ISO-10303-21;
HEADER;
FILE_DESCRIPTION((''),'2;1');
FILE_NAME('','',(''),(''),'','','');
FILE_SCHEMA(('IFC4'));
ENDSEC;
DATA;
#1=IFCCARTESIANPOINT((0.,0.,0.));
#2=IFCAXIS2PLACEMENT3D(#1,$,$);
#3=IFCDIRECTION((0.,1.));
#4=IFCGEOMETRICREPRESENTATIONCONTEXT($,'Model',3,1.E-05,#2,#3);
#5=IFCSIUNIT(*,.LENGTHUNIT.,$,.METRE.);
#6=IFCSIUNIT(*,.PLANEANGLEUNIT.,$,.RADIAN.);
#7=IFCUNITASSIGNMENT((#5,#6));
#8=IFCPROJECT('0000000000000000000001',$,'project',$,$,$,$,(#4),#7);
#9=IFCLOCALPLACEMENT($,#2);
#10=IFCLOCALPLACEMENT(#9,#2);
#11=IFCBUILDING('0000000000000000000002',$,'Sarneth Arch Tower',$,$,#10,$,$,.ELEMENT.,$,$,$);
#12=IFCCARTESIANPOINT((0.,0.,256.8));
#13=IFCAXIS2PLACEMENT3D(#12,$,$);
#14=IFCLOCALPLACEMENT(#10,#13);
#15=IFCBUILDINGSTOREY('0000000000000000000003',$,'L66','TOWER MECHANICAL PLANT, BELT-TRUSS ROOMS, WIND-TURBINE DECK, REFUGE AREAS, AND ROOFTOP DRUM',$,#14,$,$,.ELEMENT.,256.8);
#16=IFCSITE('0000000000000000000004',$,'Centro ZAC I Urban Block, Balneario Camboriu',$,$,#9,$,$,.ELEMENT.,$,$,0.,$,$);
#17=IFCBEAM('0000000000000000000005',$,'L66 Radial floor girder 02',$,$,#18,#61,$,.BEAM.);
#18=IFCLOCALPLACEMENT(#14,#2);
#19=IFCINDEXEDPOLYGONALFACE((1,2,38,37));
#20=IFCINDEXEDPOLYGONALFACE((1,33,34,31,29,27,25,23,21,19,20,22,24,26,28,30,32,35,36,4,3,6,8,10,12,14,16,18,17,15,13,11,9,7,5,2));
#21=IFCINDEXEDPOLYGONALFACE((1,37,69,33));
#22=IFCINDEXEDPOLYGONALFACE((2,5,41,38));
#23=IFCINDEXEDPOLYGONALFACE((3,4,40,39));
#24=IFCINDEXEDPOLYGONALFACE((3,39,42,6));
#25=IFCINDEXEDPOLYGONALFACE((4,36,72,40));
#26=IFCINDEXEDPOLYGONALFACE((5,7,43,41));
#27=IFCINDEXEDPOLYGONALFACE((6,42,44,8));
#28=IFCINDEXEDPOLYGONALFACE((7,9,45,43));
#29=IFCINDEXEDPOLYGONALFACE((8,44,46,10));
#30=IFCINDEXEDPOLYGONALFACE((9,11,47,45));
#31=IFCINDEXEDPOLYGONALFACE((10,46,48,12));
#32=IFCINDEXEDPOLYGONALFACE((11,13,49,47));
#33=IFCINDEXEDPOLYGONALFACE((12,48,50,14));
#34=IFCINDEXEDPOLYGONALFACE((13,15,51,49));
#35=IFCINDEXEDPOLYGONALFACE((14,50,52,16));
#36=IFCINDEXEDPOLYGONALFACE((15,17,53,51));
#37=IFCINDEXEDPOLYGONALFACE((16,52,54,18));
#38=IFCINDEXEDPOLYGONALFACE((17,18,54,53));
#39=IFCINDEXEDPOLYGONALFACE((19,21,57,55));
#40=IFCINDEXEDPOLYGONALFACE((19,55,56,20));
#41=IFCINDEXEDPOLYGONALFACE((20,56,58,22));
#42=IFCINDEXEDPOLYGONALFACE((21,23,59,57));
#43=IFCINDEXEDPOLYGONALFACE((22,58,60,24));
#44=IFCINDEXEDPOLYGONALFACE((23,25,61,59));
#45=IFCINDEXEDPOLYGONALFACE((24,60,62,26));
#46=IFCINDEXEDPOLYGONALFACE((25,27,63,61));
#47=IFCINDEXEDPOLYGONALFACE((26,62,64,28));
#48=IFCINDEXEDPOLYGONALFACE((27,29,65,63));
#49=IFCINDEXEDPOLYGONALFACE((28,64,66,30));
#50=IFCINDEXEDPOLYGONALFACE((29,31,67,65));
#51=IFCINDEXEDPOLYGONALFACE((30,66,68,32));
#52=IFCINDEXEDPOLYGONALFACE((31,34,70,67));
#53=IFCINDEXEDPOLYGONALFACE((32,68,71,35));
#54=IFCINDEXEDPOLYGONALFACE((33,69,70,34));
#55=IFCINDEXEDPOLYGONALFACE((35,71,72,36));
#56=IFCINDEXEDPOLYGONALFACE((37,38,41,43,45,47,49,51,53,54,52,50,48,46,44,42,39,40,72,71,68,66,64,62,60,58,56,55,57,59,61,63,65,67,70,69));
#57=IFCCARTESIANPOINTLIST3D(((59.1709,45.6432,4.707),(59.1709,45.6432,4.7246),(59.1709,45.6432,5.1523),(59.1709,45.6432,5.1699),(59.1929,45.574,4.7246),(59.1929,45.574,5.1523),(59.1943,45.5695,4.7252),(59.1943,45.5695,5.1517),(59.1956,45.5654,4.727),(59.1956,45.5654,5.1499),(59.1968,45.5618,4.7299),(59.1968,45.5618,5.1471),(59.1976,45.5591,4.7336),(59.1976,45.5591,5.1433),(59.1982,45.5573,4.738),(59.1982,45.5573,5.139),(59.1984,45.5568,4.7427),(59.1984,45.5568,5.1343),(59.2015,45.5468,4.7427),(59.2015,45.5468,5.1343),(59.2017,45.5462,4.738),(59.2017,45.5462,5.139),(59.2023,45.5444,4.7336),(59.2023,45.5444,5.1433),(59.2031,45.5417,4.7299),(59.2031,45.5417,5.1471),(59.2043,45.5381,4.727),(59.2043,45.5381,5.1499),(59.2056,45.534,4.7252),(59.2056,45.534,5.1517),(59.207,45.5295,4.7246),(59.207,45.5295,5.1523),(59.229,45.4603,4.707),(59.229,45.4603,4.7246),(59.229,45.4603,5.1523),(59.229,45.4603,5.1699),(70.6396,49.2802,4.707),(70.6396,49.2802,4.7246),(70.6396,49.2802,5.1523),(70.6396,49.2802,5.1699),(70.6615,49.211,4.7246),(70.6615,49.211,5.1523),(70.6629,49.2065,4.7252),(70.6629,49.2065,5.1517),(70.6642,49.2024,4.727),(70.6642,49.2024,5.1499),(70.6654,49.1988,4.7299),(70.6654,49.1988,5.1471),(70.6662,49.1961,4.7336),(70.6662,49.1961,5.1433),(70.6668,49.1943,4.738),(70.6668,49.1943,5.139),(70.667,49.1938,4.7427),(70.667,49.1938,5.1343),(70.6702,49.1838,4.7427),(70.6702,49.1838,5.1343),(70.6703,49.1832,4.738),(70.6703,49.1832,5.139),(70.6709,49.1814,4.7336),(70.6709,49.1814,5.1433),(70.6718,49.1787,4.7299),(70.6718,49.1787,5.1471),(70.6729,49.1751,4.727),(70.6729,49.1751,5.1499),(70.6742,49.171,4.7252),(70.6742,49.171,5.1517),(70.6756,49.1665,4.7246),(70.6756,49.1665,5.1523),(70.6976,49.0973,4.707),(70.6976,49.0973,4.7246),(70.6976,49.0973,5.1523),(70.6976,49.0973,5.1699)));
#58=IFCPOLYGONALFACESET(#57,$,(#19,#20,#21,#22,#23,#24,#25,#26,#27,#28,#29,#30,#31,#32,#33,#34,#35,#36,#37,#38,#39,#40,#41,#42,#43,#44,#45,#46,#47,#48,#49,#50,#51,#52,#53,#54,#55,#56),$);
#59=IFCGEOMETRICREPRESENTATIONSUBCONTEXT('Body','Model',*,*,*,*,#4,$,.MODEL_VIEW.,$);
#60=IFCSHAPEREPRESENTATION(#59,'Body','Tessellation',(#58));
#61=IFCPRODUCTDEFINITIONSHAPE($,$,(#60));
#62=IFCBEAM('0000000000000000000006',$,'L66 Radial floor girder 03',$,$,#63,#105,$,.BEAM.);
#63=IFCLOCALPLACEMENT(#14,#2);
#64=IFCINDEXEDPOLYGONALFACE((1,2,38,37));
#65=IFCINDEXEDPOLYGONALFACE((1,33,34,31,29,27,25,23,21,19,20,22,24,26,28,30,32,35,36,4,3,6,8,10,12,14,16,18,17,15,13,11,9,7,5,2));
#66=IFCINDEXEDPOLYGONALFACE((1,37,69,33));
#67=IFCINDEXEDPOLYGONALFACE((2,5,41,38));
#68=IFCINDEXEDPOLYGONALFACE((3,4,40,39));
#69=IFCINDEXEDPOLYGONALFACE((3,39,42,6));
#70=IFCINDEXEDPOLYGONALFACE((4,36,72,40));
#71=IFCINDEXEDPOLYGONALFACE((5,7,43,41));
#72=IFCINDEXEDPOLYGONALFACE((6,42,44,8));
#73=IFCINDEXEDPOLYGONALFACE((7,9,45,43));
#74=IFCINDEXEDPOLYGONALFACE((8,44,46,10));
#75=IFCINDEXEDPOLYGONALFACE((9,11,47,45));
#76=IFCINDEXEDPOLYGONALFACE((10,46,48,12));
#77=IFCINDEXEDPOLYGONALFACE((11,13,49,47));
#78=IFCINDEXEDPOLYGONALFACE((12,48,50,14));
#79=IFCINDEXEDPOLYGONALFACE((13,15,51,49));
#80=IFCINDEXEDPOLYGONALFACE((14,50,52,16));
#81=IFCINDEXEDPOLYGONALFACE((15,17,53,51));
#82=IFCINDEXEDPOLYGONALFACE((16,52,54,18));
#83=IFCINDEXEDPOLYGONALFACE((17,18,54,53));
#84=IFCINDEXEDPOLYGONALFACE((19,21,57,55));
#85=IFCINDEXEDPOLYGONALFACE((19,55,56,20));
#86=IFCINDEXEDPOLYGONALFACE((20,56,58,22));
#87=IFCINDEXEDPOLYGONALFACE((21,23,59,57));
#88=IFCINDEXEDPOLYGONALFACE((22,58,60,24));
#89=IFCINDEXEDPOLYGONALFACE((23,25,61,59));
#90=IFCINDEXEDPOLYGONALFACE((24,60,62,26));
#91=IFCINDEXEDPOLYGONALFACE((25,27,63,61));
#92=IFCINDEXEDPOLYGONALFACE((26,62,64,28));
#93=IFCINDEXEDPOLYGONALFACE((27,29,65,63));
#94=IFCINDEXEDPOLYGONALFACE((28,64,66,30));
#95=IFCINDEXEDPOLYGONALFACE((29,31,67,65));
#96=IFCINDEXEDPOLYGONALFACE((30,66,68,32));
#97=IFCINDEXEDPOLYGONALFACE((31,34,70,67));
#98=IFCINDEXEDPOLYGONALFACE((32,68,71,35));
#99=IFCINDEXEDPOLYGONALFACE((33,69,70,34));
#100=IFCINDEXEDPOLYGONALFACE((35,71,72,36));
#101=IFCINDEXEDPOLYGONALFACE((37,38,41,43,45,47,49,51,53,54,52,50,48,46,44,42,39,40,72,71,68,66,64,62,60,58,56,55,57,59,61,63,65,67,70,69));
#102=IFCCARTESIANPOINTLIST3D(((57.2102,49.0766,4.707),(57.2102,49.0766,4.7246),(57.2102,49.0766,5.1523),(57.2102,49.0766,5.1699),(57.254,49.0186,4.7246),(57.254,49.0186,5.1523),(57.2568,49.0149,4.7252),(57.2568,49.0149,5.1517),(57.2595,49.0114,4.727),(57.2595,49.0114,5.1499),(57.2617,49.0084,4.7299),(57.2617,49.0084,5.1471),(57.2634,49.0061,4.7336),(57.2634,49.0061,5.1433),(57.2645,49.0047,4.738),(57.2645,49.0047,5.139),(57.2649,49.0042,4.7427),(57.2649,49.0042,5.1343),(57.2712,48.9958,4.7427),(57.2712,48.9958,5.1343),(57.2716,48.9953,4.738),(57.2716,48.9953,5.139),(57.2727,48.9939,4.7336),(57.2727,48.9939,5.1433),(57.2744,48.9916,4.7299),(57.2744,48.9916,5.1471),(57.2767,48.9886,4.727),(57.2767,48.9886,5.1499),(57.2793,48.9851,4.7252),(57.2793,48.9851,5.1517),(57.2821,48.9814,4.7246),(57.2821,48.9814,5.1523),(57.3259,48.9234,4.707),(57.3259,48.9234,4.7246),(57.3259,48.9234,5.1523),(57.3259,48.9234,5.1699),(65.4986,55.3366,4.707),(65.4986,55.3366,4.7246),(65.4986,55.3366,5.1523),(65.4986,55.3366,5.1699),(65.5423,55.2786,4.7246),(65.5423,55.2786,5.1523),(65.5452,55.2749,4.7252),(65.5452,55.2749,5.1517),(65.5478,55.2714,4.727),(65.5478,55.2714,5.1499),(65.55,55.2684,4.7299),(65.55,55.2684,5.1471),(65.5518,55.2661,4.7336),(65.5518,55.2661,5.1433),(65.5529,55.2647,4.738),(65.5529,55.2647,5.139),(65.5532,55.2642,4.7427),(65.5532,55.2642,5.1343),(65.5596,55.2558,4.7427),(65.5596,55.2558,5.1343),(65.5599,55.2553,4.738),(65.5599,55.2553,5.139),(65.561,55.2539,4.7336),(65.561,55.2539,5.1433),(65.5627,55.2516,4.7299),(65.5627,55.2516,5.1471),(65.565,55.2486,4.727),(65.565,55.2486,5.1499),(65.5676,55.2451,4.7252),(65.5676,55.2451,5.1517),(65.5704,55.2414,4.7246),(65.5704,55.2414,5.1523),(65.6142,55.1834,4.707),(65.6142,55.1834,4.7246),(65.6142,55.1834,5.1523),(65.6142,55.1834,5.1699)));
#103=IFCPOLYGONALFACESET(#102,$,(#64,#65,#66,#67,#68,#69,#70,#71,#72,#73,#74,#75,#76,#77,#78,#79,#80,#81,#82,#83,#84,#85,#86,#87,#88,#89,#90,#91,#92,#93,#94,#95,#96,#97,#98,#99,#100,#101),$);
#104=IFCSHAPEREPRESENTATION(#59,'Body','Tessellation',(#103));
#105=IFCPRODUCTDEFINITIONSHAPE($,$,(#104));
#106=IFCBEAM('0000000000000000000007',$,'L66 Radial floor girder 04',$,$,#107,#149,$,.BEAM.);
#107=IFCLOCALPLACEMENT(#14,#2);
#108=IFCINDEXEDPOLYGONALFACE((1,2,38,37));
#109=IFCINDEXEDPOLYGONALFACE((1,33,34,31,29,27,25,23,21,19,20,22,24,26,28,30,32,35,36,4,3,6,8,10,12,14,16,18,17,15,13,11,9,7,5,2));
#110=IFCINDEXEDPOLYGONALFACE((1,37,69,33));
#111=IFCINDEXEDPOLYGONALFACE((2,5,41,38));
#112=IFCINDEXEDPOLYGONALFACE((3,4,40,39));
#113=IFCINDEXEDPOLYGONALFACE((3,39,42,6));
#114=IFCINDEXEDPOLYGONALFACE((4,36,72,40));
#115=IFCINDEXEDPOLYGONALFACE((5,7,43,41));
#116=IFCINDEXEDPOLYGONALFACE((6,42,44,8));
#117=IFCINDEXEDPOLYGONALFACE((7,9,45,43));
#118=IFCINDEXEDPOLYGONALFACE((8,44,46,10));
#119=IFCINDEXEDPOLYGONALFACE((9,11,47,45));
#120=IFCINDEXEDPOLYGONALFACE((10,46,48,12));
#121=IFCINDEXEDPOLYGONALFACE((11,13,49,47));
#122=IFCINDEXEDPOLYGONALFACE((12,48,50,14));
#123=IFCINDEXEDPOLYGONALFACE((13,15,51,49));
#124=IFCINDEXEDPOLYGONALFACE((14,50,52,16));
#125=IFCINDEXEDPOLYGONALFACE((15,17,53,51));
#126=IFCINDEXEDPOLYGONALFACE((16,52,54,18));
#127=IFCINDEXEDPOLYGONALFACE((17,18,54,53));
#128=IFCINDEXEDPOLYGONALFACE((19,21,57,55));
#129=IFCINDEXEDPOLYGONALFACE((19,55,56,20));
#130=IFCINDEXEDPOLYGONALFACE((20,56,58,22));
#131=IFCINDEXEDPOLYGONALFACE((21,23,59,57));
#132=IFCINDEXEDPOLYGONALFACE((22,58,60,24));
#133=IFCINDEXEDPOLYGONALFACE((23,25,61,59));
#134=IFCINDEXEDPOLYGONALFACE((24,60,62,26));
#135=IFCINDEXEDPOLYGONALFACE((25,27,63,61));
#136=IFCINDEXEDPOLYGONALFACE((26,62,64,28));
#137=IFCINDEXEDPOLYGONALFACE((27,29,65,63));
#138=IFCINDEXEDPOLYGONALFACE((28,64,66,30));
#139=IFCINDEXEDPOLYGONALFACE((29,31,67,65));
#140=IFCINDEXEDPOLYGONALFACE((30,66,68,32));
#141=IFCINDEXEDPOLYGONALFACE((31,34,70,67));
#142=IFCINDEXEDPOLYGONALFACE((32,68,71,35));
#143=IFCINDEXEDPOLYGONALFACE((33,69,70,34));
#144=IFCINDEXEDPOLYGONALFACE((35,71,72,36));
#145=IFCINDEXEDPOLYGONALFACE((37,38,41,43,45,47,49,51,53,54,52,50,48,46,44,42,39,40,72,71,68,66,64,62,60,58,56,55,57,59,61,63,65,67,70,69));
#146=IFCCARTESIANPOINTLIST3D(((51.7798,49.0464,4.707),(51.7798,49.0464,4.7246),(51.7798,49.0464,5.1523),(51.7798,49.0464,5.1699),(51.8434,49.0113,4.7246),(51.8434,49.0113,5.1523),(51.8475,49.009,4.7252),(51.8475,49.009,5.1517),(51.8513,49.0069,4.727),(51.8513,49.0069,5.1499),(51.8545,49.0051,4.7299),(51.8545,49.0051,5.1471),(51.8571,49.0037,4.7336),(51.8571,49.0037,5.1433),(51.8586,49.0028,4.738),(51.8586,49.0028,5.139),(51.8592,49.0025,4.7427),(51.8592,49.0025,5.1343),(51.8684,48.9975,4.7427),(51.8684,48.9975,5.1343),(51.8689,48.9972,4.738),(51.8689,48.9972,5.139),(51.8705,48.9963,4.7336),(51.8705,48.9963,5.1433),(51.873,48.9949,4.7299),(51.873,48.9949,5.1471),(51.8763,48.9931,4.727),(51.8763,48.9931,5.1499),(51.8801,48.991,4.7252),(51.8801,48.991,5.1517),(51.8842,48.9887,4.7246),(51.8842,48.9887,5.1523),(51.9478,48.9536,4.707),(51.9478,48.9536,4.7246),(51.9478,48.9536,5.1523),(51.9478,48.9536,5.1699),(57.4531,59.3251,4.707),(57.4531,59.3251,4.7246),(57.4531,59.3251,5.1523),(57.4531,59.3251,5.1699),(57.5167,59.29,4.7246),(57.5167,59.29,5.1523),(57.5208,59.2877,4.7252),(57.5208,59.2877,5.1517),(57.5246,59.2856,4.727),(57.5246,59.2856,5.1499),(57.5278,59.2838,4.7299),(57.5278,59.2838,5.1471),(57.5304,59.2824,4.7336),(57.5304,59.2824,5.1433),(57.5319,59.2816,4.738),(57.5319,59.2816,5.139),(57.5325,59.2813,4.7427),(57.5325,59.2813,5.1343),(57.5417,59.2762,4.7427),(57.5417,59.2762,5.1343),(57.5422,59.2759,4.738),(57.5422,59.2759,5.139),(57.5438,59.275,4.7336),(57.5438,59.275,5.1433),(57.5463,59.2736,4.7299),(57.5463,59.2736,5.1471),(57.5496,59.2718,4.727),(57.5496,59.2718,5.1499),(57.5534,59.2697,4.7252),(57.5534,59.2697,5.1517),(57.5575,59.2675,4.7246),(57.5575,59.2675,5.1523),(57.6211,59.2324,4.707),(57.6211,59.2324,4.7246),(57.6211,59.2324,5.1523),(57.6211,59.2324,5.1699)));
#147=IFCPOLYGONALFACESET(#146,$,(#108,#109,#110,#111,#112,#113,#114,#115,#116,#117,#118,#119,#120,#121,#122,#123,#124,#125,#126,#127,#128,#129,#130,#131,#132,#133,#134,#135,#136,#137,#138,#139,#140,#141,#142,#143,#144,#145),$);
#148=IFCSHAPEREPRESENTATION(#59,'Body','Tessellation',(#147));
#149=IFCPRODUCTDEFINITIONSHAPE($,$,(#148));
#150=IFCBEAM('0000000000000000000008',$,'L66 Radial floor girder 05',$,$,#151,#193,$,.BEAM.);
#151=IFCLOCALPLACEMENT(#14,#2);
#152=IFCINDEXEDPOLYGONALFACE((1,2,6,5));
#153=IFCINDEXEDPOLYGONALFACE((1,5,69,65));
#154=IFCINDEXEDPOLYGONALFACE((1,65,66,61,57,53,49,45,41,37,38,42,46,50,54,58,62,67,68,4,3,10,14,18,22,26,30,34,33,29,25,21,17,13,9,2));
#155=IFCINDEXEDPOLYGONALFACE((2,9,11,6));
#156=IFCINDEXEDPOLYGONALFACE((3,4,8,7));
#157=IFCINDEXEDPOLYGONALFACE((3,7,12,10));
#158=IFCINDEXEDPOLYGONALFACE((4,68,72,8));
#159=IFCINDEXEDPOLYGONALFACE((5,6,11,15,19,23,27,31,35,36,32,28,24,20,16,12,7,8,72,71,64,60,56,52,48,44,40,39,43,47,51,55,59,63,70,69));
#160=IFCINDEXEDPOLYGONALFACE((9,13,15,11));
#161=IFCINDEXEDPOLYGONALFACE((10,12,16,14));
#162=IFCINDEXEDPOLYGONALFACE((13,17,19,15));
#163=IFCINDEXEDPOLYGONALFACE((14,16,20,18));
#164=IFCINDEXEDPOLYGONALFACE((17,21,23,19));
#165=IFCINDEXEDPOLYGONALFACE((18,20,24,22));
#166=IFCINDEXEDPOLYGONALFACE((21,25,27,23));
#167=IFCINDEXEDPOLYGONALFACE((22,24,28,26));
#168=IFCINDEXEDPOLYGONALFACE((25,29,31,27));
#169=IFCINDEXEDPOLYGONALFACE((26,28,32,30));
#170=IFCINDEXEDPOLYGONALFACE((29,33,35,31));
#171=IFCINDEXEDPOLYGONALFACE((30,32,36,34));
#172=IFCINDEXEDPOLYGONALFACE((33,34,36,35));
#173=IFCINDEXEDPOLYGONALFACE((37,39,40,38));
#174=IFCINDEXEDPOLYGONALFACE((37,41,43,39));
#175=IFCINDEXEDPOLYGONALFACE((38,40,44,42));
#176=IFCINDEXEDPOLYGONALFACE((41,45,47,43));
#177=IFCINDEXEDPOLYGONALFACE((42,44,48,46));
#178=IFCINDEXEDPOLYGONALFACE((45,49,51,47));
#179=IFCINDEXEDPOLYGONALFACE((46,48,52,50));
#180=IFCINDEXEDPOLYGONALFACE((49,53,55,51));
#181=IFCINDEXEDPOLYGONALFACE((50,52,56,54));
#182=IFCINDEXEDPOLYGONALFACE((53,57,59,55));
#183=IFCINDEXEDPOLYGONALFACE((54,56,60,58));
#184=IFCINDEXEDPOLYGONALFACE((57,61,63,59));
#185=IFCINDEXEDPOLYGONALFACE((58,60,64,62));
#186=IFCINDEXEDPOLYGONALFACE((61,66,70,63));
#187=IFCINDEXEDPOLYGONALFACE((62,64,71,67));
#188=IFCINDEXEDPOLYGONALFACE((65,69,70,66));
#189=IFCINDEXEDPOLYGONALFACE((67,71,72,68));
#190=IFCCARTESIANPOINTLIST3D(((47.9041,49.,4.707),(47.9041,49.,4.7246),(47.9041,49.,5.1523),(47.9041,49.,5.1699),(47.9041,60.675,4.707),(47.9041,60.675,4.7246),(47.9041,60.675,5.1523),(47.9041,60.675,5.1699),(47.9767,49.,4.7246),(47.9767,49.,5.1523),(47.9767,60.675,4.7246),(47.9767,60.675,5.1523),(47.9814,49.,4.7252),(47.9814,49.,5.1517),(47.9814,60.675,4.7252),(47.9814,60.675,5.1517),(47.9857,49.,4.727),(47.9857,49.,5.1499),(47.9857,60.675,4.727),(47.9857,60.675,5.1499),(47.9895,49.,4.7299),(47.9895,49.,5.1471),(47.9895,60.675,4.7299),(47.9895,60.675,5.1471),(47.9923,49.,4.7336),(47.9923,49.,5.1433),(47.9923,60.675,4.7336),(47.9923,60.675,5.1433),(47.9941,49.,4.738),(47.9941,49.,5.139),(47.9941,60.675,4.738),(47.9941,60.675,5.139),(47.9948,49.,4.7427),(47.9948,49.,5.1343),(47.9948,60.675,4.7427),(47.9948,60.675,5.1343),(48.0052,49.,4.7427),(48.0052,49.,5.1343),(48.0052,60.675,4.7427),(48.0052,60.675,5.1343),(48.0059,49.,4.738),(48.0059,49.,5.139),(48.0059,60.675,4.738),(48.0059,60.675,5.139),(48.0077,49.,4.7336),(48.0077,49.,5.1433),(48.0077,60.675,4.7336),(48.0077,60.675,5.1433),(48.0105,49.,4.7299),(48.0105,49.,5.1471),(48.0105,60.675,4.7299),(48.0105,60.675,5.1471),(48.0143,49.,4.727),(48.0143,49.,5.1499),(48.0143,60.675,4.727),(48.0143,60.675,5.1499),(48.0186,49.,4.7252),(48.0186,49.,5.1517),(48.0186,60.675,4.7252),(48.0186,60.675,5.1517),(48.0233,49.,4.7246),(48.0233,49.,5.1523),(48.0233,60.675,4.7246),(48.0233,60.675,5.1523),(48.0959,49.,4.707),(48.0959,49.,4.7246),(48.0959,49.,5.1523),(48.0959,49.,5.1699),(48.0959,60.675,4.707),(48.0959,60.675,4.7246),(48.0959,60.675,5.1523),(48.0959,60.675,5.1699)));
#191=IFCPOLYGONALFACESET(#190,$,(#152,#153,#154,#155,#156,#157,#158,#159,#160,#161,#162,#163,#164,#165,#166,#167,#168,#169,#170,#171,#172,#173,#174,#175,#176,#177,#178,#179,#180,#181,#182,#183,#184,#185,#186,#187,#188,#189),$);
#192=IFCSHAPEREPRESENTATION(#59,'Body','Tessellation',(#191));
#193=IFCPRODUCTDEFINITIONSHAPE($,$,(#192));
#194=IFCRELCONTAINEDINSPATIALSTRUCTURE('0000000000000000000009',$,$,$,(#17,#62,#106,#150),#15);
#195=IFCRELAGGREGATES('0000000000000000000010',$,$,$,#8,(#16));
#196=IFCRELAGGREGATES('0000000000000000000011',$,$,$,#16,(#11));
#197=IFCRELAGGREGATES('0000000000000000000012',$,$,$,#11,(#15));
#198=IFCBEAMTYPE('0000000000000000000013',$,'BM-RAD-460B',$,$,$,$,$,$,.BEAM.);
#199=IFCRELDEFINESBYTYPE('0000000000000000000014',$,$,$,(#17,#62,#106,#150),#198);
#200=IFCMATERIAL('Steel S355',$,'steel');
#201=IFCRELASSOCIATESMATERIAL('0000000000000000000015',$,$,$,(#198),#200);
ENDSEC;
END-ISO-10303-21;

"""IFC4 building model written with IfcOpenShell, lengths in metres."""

from ifc_helpers import new_model, si_unit, direction, frame, origin, origin_2d, place, context, subcontext, project, spatial, i_section, extrude, material, material_profile, profile_set, type_object, element, save


model = new_model("IFC4")

# Units and contexts
model_context = context("Model", 3, precision=1e-05, world=origin(), true_north=direction((0.0, 1.0)))
body_context = subcontext(model_context, "Body", "Model", "MODEL_VIEW")
ifc_project = project(units=[si_unit("LENGTHUNIT", "METRE"), si_unit("PLANEANGLEUNIT", "RADIAN")], contexts=[model_context])

# Site, building, storey
site_placement = place(None, origin())
site = spatial("IfcSite", under=ifc_project, at=site_placement, Name="Centro ZAC I Urban Block, Balneario Camboriu", CompositionType="ELEMENT", RefElevation=0.0)
building_placement = place(site_placement, origin())
building = spatial("IfcBuilding", under=site, at=building_placement, Name="Sarneth Arch Tower", CompositionType="ELEMENT")
storey_placement = place(building_placement, frame((0.0, 0.0, 256.8)))
storey = spatial("IfcBuildingStorey", under=building, at=storey_placement, Name="L66", Description="TOWER MECHANICAL PLANT, BELT-TRUSS ROOMS, WIND-TURBINE DECK, REFUGE AREAS, AND ROOFTOP DRUM", CompositionType="ELEMENT", Elevation=256.8)

# Beams
ifc_material_1 = material(Name="Steel S355", Category="steel")
ifc_material_profile_1 = material_profile(ifc_material_1, i_section(OverallWidth=0.1919, OverallDepth=0.4629, WebThickness=0.0105, FlangeThickness=0.0176, FilletRadius=0.0181, at=origin_2d()), Name="W460x89")
ifc_profile_set_1 = profile_set([ifc_material_profile_1], Name="Steel S355")
beam_type_1 = type_object("IfcBeamType", Name="BM-RAD-460B", PredefinedType="BEAM", material=ifc_profile_set_1)
beam_1_placement = place(storey_placement, frame((59.2, 45.5518, 4.9385), z_axis=(0.953216, 0.30229, 0.0), x_axis=(-0.30229, 0.953216, 0.0)))
element("IfcBeam", 1, at=beam_1_placement, inside=storey, type_object=beam_type_1, Name="L66 Radial floor girder 02", PredefinedType="BEAM", context=body_context, shape_type="SweptSolid", body=[
    extrude(i_section(OverallWidth=0.1919, OverallDepth=0.4629, WebThickness=0.0105, FlangeThickness=0.0176, FilletRadius=0.0181, at=origin_2d()), origin(), (0.0, 0.0, 1.0), 12.0315),
])
beam_2_placement = place(storey_placement, frame((57.2681, 49.0, 4.9385), z_axis=(0.797973, 0.602693, 0.0), x_axis=(-0.602693, 0.797973, 0.0)))
element("IfcBeam", 2, at=beam_2_placement, inside=storey, type_object=beam_type_1, Name="L66 Radial floor girder 03", PredefinedType="BEAM", context=body_context, shape_type="SweptSolid", body=[
    extrude(i_section(OverallWidth=0.1919, OverallDepth=0.4629, WebThickness=0.0105, FlangeThickness=0.0176, FilletRadius=0.0181, at=origin_2d()), origin(), (0.0, 0.0, 1.0), 10.3867),
])
beam_3_placement = place(storey_placement, frame((51.8638, 49.0, 4.9385), z_axis=(0.483226, 0.875496, 0.0), x_axis=(-0.875496, 0.483226, 0.0)))
element("IfcBeam", 3, at=beam_3_placement, inside=storey, type_object=beam_type_1, Name="L66 Radial floor girder 04", PredefinedType="BEAM", context=body_context, shape_type="SweptSolid", body=[
    extrude(i_section(OverallWidth=0.1919, OverallDepth=0.4629, WebThickness=0.0105, FlangeThickness=0.0176, FilletRadius=0.0181, at=origin_2d()), origin(), (0.0, 0.0, 1.0), 11.7405),
])
beam_4_placement = place(storey_placement, frame((48.0, 49.0, 4.9385), z_axis=(0.0, 1.0, 0.0), x_axis=(-1.0, 0.0, 0.0)))
element("IfcBeam", 4, at=beam_4_placement, inside=storey, type_object=beam_type_1, Name="L66 Radial floor girder 05", PredefinedType="BEAM", context=body_context, shape_type="SweptSolid", body=[
    extrude(i_section(OverallWidth=0.1919, OverallDepth=0.4629, WebThickness=0.0105, FlangeThickness=0.0176, FilletRadius=0.0181, at=origin_2d()), origin(), (0.0, 0.0, 1.0), 11.675),
])

save(model, "model.ifc")
